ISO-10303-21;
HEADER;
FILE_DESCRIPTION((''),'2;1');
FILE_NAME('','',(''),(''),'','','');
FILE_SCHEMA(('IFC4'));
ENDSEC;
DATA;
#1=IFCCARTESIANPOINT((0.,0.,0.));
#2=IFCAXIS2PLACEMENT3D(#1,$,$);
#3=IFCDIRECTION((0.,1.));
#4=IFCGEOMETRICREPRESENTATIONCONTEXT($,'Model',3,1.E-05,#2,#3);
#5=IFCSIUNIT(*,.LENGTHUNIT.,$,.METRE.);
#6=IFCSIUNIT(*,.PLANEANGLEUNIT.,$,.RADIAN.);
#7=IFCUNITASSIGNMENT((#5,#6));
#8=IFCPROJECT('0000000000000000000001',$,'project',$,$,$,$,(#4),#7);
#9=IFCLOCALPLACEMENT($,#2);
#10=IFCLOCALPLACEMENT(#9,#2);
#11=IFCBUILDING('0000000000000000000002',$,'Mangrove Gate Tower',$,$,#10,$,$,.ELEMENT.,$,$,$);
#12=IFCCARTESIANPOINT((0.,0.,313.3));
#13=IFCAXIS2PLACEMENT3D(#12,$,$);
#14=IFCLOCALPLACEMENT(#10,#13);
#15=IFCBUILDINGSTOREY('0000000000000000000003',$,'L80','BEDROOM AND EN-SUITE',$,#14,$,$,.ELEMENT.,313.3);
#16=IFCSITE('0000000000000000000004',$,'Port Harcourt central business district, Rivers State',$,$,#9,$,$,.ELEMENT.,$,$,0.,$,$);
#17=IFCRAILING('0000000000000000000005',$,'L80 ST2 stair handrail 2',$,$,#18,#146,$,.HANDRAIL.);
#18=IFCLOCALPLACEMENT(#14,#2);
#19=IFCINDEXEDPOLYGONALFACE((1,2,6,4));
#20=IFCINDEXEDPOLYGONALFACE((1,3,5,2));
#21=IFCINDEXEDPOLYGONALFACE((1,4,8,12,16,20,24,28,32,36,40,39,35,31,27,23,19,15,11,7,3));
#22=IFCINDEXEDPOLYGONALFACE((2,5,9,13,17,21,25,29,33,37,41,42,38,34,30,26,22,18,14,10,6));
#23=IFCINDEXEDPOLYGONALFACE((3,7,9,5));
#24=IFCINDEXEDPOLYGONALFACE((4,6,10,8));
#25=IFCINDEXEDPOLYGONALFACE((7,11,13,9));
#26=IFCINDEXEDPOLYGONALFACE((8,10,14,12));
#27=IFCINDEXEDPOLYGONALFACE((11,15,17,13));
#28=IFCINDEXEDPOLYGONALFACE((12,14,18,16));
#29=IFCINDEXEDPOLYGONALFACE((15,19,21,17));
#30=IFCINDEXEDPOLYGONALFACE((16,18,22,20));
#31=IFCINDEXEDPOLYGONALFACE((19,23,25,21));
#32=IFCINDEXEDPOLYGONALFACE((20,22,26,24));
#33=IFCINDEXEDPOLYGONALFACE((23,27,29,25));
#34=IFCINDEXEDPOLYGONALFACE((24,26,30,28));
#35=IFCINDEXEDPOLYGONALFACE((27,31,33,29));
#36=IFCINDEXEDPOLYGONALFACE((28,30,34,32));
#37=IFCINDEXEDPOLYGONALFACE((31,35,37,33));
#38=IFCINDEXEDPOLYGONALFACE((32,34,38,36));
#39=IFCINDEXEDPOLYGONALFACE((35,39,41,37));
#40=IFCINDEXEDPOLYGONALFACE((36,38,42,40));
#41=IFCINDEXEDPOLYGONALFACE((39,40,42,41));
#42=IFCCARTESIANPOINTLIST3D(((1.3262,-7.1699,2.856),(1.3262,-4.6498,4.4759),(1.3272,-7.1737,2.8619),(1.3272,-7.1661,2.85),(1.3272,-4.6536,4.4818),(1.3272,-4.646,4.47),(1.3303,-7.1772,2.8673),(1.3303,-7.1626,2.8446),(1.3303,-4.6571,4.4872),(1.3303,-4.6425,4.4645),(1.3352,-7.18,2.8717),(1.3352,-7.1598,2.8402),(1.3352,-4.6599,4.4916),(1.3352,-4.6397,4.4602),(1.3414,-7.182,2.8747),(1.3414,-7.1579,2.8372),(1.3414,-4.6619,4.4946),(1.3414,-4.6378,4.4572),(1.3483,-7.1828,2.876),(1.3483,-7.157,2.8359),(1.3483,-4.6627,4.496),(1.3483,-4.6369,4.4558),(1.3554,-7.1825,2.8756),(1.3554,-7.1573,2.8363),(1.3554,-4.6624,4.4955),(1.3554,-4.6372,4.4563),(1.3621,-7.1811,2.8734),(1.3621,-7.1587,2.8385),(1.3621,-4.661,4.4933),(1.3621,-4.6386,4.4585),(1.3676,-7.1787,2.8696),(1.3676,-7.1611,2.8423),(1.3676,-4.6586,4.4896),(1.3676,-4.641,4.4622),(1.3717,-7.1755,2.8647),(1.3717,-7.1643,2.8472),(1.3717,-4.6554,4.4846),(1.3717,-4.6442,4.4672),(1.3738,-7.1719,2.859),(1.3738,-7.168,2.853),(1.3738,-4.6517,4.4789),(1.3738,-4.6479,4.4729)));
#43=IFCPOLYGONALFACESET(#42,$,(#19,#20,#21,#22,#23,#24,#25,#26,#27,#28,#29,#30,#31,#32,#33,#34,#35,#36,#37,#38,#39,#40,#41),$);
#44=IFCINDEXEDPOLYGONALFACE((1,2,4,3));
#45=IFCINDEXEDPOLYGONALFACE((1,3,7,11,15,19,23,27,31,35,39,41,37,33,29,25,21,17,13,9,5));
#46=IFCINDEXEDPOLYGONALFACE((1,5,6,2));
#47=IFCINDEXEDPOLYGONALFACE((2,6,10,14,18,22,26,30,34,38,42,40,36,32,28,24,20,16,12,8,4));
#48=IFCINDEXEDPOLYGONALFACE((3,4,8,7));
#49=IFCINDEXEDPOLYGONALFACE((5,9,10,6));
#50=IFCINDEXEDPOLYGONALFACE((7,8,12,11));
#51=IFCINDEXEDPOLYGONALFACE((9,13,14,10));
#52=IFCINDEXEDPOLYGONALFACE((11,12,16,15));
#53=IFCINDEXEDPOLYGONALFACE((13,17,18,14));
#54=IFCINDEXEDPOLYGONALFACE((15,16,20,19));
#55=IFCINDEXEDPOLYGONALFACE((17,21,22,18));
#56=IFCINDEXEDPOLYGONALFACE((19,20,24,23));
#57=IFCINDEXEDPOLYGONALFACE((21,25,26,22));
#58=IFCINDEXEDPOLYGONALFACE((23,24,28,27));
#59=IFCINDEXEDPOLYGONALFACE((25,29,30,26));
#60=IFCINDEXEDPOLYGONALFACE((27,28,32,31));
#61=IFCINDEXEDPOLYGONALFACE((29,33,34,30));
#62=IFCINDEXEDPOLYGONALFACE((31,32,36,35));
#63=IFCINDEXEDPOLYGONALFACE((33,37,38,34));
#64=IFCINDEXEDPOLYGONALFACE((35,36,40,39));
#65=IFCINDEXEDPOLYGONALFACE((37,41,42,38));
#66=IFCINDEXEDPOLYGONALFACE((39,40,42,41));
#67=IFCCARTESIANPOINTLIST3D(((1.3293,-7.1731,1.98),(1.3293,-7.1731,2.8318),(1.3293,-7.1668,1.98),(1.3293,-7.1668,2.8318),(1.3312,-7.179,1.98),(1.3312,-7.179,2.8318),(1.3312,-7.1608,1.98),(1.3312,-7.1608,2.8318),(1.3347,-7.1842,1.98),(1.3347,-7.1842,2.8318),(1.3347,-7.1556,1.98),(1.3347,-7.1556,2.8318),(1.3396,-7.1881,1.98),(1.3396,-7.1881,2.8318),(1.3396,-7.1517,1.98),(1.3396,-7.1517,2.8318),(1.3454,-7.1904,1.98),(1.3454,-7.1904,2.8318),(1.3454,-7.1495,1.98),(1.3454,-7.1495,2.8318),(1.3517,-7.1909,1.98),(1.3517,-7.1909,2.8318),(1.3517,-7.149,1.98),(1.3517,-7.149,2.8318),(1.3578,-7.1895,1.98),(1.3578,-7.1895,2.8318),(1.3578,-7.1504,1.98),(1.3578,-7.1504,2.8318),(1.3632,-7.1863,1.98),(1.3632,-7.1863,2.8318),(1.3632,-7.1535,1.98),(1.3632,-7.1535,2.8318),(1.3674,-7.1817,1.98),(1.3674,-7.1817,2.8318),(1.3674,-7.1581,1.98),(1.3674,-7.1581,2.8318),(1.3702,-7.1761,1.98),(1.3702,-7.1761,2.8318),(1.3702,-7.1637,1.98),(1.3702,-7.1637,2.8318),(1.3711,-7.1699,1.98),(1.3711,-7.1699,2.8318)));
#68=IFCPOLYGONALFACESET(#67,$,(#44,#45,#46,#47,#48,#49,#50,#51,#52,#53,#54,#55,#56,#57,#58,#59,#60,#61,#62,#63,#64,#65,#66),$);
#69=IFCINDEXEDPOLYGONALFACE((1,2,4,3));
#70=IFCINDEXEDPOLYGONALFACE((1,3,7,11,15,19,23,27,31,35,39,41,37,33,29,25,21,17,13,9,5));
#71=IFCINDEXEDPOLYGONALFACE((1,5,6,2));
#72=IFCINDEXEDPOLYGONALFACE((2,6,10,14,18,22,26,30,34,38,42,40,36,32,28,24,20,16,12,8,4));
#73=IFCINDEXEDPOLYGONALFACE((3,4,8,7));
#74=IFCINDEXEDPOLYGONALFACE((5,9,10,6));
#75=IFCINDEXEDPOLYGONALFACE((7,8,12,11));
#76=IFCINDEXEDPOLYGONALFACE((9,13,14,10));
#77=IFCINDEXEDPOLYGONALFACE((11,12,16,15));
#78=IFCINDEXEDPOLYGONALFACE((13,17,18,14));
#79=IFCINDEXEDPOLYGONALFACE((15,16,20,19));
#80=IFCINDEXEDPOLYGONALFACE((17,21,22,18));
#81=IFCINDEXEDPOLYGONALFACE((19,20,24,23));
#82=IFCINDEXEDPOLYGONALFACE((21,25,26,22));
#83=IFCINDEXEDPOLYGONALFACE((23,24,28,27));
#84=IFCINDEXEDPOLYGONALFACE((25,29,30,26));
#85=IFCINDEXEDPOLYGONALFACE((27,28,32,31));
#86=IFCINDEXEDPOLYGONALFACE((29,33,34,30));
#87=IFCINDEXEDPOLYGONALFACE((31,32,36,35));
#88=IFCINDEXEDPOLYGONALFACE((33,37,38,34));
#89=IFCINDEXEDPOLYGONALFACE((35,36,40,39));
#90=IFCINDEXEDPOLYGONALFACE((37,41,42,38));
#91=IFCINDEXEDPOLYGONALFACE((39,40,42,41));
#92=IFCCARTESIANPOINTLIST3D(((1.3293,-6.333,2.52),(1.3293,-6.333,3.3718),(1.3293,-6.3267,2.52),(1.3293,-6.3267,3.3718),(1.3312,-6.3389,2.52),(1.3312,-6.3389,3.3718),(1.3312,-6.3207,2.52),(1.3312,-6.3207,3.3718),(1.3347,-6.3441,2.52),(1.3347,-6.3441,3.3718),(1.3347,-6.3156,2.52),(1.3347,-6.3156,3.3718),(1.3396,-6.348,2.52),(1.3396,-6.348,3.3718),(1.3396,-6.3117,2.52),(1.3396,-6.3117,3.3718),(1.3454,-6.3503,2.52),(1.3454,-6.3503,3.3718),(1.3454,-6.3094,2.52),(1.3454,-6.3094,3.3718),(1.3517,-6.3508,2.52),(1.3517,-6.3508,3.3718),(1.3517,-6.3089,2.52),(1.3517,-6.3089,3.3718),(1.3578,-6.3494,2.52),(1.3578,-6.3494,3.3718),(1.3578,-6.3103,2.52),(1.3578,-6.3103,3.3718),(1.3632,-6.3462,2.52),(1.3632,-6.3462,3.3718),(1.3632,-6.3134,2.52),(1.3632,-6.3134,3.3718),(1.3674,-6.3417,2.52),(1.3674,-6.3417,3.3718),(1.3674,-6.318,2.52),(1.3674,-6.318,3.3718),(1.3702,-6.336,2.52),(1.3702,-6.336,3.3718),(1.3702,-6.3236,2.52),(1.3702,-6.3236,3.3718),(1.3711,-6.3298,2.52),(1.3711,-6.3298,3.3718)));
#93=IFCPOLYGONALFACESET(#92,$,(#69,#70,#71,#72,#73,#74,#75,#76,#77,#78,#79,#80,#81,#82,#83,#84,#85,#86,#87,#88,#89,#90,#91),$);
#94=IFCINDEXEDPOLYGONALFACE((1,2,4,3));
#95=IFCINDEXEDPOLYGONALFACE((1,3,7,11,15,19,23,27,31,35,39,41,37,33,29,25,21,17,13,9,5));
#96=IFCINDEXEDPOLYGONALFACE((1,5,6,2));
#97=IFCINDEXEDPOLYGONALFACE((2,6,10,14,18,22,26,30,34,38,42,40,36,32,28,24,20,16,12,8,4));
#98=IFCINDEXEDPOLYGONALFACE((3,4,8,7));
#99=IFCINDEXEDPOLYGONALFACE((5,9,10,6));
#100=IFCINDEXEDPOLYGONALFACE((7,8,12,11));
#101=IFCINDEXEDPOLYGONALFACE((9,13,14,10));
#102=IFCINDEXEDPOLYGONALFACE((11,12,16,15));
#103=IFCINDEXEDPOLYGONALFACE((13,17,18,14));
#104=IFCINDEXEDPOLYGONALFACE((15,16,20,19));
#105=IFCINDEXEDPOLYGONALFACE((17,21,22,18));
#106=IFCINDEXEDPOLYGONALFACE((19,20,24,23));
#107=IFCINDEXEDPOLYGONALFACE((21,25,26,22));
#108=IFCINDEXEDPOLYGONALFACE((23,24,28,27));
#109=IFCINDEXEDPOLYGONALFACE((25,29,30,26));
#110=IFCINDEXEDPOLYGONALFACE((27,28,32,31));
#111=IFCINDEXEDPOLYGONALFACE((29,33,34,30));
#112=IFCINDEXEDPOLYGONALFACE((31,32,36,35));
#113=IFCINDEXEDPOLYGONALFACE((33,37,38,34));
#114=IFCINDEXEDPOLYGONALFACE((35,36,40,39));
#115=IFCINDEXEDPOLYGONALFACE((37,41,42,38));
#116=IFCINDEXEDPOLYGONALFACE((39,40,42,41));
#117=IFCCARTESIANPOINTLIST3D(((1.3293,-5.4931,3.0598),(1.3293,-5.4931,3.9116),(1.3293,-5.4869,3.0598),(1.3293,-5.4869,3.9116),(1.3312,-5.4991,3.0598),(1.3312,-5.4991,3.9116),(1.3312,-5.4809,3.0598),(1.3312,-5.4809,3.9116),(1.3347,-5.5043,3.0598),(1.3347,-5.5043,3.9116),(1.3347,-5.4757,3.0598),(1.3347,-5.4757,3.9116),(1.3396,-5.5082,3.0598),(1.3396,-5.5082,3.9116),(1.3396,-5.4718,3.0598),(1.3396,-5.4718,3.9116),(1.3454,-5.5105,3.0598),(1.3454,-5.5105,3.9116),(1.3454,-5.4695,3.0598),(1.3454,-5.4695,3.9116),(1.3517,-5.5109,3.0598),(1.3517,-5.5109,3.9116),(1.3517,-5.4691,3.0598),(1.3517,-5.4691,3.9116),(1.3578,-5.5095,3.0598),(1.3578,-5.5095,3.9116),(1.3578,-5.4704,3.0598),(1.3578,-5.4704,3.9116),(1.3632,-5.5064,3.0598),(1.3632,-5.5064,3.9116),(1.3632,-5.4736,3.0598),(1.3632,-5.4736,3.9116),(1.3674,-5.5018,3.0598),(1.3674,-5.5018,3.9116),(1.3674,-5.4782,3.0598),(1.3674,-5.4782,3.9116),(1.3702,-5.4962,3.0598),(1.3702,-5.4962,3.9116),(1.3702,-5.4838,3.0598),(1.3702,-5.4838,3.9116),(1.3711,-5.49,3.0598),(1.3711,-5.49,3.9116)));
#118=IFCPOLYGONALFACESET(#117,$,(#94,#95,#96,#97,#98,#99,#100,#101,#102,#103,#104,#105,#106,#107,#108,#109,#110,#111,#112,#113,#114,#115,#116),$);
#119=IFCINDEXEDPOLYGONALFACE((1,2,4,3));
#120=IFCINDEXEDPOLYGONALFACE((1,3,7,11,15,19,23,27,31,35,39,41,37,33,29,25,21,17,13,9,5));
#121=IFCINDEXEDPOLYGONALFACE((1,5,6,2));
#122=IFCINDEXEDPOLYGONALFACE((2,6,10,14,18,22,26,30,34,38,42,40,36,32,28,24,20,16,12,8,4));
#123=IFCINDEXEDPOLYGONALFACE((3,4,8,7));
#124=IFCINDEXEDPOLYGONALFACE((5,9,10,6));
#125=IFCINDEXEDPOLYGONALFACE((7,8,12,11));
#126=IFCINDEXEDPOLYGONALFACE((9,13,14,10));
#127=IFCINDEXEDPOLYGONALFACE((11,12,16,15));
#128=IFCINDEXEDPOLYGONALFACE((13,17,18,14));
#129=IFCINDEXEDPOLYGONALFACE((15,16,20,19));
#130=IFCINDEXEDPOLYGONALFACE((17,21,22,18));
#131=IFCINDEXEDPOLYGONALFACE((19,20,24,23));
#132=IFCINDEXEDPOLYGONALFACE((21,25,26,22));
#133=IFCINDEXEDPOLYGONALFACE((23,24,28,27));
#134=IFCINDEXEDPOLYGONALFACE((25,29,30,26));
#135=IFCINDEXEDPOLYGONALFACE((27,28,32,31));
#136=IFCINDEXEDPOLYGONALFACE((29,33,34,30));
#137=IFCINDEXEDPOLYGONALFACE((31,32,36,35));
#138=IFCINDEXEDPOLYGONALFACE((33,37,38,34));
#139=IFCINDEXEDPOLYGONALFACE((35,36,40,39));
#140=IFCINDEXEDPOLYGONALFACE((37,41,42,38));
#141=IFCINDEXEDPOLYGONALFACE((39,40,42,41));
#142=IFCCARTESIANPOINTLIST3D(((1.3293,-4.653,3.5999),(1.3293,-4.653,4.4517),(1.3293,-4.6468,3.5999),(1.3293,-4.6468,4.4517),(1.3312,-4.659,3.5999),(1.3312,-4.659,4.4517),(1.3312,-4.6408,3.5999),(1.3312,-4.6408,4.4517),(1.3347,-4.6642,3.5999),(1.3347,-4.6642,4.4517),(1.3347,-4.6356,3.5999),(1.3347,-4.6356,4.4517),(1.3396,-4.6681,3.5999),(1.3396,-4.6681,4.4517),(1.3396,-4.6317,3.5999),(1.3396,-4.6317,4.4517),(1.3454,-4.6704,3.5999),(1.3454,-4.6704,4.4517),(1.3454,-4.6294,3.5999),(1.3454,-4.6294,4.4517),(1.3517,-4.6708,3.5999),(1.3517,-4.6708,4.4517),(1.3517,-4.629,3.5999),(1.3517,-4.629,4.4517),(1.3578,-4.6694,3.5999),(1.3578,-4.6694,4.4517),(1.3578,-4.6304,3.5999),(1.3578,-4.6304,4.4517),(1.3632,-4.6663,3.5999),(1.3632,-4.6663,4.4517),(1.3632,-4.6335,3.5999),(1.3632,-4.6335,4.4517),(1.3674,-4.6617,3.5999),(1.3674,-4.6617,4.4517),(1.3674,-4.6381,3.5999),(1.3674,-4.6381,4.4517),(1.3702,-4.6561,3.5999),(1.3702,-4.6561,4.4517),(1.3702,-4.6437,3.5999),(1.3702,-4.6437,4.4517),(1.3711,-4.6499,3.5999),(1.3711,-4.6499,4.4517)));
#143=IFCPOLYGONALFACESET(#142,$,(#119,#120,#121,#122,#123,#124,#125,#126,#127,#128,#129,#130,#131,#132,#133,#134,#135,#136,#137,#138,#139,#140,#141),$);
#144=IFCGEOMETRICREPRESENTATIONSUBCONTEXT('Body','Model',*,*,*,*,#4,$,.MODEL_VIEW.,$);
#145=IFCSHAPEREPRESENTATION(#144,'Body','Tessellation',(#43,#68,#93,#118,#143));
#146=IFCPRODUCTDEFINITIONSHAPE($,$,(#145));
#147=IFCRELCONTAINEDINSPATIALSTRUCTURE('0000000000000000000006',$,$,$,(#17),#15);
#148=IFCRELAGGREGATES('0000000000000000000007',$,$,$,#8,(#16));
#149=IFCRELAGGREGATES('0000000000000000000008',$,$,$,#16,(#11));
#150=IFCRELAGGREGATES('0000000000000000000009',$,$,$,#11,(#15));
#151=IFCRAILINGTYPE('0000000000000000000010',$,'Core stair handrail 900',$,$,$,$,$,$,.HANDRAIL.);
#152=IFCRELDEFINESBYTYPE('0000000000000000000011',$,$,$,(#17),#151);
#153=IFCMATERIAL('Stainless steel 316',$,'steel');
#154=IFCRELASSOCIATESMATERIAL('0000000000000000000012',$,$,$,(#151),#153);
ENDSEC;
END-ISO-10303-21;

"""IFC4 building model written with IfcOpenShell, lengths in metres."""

from ifc_helpers import new_model, si_unit, direction, frame, origin, origin_2d, place, context, subcontext, project, spatial, circle, extrude, material, type_object, element, save


model = new_model("IFC4")

# Units and contexts
model_context = context("Model", 3, precision=1e-05, world=origin(), true_north=direction((0.0, 1.0)))
body_context = subcontext(model_context, "Body", "Model", "MODEL_VIEW")
ifc_project = project(units=[si_unit("LENGTHUNIT", "METRE"), si_unit("PLANEANGLEUNIT", "RADIAN")], contexts=[model_context])

# Site, building, storey
site_placement = place(None, origin())
site = spatial("IfcSite", under=ifc_project, at=site_placement, Name="Port Harcourt central business district, Rivers State", CompositionType="ELEMENT", RefElevation=0.0)
building_placement = place(site_placement, origin())
building = spatial("IfcBuilding", under=site, at=building_placement, Name="Mangrove Gate Tower", CompositionType="ELEMENT")
storey_placement = place(building_placement, frame((0.0, 0.0, 313.3)))
storey = spatial("IfcBuildingStorey", under=building, at=storey_placement, Name="L80", Description="BEDROOM AND EN-SUITE", CompositionType="ELEMENT", Elevation=313.3)

# Railing
ifc_material_1 = material(Name="Stainless steel 316", Category="steel")
railing_type_1 = type_object("IfcRailingType", Name="Core stair handrail 900", PredefinedType="HANDRAIL", material=ifc_material_1)
railing_1_placement = place(storey_placement, frame((1.3501, -7.1699, 1.98)))
element("IfcRailing", 1, at=railing_1_placement, inside=storey, type_object=railing_type_1, Name="L80 ST2 stair handrail 2", PredefinedType="HANDRAIL", context=body_context, shape_type="SweptSolid", body=[
    extrude(circle(Radius=0.0239, at=origin_2d()), frame((0.0, 0.0, 0.876), z_axis=(0.0, 0.8412, 0.540725), x_axis=(-1.0, 0.0, 0.0)), (0.0, 0.0, 1.0), 2.9958),
    extrude(circle(Radius=0.021, at=origin_2d()), origin(), (0.0, 0.0, 1.0), 0.8518),
    extrude(circle(Radius=0.021, at=origin_2d()), frame((0.0, 0.8401, 0.54)), (0.0, 0.0, 1.0), 0.8518),
    extrude(circle(Radius=0.021, at=origin_2d()), frame((0.0, 1.6799, 1.0798)), (0.0, 0.0, 1.0), 0.8518),
    extrude(circle(Radius=0.021, at=origin_2d()), frame((0.0, 2.52, 1.6199)), (0.0, 0.0, 1.0), 0.8518),
])

save(model, "model.ifc")
